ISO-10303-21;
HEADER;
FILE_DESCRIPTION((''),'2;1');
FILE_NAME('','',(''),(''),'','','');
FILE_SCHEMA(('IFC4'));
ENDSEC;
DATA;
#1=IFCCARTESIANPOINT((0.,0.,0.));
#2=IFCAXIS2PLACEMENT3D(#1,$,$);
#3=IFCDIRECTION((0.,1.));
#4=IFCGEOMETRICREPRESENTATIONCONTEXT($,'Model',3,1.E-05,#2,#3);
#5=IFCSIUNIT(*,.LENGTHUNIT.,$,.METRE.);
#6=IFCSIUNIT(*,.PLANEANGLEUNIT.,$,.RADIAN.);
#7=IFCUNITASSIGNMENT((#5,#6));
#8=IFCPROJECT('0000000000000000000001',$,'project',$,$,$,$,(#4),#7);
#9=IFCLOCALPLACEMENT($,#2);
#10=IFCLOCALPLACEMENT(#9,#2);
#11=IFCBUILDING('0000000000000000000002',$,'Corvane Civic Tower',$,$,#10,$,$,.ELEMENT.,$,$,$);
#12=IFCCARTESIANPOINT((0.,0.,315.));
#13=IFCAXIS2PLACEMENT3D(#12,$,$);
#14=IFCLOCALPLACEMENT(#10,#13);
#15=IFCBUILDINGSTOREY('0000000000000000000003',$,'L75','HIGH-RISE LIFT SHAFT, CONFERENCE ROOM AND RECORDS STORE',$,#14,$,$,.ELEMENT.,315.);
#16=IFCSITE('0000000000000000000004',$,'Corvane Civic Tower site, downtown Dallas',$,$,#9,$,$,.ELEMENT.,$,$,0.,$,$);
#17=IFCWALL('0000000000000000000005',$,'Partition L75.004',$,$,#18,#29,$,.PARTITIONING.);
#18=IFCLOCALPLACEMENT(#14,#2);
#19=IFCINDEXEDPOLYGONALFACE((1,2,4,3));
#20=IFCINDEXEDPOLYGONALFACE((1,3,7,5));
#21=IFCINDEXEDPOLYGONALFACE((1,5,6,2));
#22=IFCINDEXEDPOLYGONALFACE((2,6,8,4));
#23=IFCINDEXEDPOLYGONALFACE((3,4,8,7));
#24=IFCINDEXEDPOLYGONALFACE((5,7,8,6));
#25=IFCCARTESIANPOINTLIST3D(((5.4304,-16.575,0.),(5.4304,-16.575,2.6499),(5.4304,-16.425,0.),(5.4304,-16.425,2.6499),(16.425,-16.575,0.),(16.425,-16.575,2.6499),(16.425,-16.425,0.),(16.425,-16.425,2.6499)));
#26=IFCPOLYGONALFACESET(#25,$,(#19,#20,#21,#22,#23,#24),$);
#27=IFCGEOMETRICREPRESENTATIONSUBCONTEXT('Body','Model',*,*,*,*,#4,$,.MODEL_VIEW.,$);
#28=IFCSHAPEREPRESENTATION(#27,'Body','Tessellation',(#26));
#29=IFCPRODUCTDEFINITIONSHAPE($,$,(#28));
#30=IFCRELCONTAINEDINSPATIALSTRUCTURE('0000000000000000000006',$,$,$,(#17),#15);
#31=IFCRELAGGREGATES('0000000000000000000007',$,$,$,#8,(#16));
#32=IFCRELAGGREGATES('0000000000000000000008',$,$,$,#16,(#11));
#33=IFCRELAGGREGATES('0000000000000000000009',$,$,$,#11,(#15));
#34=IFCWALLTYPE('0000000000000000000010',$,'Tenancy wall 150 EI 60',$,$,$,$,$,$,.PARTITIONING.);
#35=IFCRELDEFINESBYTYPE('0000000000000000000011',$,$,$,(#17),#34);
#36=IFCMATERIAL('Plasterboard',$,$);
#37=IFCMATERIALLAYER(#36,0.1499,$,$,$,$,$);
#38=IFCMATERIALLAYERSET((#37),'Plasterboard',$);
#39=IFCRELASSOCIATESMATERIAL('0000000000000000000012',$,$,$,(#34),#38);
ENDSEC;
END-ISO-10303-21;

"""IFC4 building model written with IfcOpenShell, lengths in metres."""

from ifc_helpers import new_model, si_unit, direction, frame, frame_2d, origin, place, context, subcontext, project, spatial, rectangle, extrude, material, layer, layer_set, type_object, element, save


model = new_model("IFC4")

# Units and contexts
model_context = context("Model", 3, precision=1e-05, world=origin(), true_north=direction((0.0, 1.0)))
body_context = subcontext(model_context, "Body", "Model", "MODEL_VIEW")
ifc_project = project(units=[si_unit("LENGTHUNIT", "METRE"), si_unit("PLANEANGLEUNIT", "RADIAN")], contexts=[model_context])

# Site, building, storey
site_placement = place(None, origin())
site = spatial("IfcSite", under=ifc_project, at=site_placement, Name="Corvane Civic Tower site, downtown Dallas", CompositionType="ELEMENT", RefElevation=0.0)
building_placement = place(site_placement, origin())
building = spatial("IfcBuilding", under=site, at=building_placement, Name="Corvane Civic Tower", CompositionType="ELEMENT")
storey_placement = place(building_placement, frame((0.0, 0.0, 315.0)))
storey = spatial("IfcBuildingStorey", under=building, at=storey_placement, Name="L75", Description="HIGH-RISE LIFT SHAFT, CONFERENCE ROOM AND RECORDS STORE", CompositionType="ELEMENT", Elevation=315.0)

# Wall
ifc_material_1 = material(Name="Plasterboard")
ifc_layer_1 = layer(ifc_material_1, 0.1499)
ifc_layer_set_1 = layer_set([ifc_layer_1], Name="Plasterboard")
wall_type_1 = type_object("IfcWallType", Name="Tenancy wall 150 EI 60", PredefinedType="PARTITIONING", material=ifc_layer_set_1)
wall_1_placement = place(storey_placement, frame((5.4304, -16.5, 0.0), z_axis=(0.0, 0.0, 1.0), x_axis=(1.0, 0.0, 0.0)))
element("IfcWall", 1, at=wall_1_placement, inside=storey, type_object=wall_type_1, Name="Partition L75.004", PredefinedType="PARTITIONING", context=body_context, shape_type="SweptSolid", body=[
    extrude(rectangle(XDim=10.9946, YDim=0.1499, at=frame_2d((5.4973, 0.0))), origin(), (0.0, 0.0, 1.0), 2.6499),
])

save(model, "model.ifc")
